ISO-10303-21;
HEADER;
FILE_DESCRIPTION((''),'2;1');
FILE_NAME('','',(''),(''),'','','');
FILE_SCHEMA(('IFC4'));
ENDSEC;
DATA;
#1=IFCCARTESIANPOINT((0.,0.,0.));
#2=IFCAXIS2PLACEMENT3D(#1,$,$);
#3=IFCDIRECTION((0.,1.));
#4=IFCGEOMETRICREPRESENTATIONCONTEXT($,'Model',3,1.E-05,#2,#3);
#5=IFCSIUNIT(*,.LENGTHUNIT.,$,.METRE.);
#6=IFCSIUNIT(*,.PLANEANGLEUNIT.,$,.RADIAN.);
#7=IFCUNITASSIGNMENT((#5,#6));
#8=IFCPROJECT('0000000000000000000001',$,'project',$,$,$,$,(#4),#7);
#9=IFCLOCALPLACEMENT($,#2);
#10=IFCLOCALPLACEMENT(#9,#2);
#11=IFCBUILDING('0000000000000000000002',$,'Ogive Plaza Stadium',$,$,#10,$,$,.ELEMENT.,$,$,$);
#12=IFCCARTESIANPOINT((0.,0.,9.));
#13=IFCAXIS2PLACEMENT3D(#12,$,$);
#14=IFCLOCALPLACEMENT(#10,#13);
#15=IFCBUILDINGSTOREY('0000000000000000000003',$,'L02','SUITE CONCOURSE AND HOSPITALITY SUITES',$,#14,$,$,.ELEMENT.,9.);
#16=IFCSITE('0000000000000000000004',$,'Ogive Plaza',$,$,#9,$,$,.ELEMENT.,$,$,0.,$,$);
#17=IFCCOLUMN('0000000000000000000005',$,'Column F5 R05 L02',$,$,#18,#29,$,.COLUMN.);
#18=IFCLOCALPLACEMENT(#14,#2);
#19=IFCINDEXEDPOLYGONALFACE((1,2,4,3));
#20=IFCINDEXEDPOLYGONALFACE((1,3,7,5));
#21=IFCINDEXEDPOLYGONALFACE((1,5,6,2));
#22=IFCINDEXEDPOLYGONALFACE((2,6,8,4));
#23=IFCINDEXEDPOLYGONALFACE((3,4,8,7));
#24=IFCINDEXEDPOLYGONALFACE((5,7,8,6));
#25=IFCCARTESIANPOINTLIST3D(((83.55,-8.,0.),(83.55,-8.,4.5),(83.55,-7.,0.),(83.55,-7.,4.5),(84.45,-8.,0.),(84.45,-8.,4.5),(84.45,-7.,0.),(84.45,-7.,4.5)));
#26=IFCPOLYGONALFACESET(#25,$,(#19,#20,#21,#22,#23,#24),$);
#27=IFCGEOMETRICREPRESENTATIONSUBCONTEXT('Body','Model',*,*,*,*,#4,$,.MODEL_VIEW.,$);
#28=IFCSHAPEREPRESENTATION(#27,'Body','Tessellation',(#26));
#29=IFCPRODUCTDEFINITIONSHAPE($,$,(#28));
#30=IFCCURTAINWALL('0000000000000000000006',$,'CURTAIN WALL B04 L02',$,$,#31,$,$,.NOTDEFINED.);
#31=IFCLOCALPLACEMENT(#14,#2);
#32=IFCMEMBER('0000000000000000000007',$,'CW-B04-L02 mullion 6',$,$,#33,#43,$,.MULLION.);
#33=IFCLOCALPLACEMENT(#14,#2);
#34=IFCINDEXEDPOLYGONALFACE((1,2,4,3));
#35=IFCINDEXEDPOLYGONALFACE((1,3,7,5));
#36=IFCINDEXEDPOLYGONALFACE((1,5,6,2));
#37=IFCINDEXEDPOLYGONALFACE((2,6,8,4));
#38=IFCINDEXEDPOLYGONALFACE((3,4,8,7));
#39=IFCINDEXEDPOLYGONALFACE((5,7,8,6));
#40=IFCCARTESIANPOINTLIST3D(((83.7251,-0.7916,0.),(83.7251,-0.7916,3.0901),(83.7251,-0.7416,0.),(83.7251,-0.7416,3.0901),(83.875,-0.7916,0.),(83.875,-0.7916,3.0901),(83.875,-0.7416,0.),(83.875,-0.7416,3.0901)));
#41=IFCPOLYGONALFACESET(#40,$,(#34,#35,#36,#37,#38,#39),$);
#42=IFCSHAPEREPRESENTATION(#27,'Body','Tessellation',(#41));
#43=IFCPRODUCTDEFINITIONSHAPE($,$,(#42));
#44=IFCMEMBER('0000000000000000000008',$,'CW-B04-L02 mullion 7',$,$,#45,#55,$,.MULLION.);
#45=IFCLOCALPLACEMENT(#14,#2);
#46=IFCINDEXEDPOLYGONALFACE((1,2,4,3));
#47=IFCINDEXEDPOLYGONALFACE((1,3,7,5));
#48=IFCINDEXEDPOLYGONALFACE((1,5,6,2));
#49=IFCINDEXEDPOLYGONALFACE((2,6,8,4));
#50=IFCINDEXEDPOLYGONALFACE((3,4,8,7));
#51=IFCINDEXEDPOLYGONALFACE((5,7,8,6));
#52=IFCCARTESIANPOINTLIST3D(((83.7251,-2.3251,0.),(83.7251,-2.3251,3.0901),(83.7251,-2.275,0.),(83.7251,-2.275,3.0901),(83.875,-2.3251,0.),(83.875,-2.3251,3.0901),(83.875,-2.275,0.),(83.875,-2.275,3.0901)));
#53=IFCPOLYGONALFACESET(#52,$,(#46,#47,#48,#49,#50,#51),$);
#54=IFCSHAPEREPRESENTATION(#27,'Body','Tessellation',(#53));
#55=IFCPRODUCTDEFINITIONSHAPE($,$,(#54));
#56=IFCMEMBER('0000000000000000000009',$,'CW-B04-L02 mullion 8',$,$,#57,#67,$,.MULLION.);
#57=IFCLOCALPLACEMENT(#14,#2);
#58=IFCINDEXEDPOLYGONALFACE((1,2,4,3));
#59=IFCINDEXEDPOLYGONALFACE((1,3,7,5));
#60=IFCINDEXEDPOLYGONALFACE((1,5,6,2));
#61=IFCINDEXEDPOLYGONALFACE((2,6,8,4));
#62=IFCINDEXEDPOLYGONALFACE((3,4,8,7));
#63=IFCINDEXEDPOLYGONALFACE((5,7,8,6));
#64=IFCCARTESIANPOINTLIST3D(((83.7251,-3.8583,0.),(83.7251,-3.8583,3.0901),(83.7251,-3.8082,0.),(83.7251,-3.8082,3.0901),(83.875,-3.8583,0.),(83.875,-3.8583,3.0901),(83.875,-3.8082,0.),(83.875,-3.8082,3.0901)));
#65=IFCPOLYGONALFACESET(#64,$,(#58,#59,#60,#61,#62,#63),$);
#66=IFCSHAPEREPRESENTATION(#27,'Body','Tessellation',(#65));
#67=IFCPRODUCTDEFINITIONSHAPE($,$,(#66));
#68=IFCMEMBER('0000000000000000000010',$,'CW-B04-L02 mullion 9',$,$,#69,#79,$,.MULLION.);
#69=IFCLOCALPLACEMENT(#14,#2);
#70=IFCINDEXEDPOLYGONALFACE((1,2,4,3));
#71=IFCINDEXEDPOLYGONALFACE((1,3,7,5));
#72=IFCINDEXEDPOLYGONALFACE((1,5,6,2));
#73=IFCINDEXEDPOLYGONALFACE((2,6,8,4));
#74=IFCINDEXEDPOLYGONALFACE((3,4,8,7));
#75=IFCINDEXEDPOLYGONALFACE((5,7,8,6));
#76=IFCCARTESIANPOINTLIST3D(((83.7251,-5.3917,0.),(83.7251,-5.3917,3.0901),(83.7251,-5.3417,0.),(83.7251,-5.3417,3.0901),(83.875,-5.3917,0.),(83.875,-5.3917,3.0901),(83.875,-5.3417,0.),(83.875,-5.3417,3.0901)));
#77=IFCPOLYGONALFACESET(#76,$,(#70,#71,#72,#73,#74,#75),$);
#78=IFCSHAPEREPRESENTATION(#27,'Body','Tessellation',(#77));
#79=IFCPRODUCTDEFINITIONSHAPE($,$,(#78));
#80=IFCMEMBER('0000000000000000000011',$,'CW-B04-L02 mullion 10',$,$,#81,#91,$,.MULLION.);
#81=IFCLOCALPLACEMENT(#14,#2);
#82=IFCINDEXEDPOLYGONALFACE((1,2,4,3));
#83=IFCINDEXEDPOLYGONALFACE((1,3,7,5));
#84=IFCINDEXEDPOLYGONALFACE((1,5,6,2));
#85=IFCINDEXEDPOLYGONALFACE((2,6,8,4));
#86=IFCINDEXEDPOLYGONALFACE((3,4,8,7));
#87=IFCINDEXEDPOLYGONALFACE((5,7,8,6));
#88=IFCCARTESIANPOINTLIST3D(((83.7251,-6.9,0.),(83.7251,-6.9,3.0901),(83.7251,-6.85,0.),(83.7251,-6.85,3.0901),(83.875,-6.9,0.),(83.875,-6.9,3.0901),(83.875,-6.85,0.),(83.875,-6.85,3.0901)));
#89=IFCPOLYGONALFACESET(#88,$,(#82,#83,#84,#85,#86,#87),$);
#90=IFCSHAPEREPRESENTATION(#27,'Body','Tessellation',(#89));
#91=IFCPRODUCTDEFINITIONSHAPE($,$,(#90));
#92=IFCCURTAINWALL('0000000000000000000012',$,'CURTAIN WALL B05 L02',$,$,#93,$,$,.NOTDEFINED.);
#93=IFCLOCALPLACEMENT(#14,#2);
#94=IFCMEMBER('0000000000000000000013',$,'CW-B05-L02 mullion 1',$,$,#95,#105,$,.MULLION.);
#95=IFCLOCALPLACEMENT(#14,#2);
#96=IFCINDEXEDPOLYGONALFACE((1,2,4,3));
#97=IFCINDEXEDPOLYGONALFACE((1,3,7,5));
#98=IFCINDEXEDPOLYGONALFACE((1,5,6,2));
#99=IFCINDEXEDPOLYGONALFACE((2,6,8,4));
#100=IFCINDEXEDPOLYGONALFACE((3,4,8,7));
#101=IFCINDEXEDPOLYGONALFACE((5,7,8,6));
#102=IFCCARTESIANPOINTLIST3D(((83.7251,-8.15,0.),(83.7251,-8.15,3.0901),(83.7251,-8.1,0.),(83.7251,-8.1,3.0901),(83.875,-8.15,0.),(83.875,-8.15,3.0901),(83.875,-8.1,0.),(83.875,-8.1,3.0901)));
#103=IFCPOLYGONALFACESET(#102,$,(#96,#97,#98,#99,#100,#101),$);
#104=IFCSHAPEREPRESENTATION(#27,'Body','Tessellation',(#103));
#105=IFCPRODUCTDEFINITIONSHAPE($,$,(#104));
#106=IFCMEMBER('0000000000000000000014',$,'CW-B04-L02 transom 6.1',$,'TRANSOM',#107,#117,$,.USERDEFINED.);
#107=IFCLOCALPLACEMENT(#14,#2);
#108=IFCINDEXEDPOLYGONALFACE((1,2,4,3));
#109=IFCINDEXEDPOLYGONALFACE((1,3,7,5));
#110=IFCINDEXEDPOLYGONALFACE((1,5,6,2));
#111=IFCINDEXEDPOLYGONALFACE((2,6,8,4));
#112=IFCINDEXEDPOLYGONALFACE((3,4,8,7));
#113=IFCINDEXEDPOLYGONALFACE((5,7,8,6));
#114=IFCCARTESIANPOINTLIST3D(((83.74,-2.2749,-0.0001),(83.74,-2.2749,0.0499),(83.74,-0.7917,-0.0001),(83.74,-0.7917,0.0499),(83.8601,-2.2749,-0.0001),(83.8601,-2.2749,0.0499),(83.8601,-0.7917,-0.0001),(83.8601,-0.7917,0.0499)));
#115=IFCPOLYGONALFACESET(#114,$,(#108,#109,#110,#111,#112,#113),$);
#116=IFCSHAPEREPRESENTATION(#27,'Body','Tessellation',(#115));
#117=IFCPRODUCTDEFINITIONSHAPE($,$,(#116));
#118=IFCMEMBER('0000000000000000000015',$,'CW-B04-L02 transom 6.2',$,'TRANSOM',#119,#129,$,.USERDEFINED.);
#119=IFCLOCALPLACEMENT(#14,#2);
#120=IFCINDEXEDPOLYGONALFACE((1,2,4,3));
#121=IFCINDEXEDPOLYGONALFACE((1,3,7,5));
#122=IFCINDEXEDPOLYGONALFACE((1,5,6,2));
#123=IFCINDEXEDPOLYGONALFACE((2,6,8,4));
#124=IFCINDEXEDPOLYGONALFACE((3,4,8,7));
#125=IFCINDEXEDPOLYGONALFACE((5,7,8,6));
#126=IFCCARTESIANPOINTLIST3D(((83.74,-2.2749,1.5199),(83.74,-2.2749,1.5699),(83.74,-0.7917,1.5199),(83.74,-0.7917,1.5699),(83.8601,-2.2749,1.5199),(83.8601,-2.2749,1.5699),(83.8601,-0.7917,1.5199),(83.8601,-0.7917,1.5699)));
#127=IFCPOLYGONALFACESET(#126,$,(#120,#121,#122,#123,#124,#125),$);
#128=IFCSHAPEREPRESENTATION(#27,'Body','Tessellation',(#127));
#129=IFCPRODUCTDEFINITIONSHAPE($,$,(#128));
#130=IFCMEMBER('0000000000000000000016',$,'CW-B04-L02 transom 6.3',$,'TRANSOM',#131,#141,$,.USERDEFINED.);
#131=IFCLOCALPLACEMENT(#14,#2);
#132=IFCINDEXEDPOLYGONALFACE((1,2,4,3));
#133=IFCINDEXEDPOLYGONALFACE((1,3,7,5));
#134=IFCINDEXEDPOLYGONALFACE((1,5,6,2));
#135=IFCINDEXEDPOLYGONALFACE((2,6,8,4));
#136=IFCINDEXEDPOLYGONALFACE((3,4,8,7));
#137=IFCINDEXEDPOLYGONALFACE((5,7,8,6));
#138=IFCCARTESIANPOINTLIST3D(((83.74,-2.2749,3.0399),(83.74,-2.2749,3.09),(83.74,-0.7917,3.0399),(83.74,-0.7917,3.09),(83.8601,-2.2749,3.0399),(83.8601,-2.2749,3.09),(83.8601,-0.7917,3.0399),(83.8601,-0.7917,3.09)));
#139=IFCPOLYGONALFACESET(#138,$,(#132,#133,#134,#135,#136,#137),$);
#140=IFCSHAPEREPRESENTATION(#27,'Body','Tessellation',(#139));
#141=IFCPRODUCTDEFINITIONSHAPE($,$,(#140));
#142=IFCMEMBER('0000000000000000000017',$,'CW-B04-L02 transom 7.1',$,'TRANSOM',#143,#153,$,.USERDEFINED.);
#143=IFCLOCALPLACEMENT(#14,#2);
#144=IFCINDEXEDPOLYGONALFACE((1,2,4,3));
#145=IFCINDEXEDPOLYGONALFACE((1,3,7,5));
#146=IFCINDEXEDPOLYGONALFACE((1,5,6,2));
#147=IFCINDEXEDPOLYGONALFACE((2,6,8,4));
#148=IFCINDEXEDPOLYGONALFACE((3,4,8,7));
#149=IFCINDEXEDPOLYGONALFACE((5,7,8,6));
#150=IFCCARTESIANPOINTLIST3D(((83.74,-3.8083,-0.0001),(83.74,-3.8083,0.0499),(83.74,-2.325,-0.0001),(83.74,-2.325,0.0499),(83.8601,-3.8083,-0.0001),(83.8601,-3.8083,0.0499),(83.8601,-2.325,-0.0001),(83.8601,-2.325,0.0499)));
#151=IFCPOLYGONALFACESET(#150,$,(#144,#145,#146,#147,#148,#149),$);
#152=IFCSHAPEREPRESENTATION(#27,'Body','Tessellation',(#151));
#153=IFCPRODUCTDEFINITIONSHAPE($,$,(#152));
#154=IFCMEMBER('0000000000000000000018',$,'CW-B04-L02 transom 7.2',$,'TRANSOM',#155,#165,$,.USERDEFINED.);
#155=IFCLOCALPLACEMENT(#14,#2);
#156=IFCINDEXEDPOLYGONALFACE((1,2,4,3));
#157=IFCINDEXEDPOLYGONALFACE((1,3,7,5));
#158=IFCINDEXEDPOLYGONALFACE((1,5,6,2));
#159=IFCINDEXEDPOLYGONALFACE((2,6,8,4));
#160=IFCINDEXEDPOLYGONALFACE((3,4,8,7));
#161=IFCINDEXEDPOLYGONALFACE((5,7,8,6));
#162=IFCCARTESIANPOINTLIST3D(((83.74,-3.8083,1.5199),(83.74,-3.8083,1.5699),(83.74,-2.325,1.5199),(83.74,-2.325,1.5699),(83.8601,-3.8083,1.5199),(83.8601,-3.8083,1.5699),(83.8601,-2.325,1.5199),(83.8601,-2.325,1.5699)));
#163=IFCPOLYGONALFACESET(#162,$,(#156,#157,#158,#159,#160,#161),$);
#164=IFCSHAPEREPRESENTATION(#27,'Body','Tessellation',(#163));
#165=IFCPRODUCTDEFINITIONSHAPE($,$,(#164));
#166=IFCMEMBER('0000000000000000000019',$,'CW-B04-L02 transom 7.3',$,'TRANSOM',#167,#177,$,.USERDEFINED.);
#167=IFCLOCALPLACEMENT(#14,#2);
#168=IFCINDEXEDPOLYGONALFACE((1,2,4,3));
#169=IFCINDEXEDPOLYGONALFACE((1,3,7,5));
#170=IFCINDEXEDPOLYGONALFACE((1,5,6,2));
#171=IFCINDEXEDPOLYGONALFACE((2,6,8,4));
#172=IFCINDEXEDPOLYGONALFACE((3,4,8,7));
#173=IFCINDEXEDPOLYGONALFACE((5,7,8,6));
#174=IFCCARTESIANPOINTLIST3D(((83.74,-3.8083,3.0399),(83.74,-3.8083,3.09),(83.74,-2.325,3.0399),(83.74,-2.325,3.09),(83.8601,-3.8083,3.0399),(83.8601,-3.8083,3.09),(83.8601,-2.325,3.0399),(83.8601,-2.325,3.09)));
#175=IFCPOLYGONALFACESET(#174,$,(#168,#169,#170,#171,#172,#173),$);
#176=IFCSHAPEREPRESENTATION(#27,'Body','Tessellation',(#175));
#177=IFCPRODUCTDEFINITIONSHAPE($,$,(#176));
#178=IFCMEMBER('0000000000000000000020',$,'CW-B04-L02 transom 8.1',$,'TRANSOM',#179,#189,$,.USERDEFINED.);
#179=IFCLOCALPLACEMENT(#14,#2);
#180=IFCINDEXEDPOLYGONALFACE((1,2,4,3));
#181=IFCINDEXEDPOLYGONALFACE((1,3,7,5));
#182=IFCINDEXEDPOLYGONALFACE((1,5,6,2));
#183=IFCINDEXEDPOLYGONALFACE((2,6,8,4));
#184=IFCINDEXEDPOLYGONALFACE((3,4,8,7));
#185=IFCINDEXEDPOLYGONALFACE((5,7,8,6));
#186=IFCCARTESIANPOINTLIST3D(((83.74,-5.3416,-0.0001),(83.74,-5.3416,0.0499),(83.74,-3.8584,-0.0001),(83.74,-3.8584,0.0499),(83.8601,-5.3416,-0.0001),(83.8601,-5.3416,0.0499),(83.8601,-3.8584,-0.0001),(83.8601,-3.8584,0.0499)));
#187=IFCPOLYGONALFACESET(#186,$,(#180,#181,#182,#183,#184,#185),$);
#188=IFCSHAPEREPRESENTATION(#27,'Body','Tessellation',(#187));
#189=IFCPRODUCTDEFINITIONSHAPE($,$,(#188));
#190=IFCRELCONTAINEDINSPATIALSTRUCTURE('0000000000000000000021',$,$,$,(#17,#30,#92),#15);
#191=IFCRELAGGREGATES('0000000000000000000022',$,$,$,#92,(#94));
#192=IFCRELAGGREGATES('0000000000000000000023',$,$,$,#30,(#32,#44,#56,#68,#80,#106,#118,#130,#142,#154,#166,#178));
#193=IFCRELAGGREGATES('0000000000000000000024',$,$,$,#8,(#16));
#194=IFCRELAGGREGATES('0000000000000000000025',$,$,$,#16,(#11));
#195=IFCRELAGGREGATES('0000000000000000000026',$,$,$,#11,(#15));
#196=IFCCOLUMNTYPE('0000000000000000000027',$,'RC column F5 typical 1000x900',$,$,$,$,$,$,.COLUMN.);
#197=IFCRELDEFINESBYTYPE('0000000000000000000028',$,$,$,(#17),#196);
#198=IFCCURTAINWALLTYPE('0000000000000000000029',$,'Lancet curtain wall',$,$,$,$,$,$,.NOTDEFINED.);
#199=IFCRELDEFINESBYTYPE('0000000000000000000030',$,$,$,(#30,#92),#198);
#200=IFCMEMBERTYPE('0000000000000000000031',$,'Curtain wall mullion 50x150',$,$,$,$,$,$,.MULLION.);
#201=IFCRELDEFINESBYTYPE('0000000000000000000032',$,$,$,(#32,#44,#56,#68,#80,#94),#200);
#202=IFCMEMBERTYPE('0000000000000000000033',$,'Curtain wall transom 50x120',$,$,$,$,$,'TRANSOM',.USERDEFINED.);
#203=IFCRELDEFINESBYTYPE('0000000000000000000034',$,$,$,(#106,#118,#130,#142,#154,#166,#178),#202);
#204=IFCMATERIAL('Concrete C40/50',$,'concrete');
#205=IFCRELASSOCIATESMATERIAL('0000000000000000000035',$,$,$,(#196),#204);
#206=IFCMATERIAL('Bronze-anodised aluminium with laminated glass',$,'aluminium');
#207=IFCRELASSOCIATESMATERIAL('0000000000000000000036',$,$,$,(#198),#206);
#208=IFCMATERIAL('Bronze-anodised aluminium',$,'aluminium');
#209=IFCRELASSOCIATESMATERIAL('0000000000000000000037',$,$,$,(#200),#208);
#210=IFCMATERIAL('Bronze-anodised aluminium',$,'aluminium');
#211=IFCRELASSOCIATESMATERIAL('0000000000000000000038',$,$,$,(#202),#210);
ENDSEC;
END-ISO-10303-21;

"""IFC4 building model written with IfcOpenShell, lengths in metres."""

from ifc_helpers import new_model, si_unit, direction, frame, origin, origin_2d, place, context, subcontext, project, spatial, rectangle, extrude, material, material_profile, profile_set, type_object, element, aggregate, save


model = new_model("IFC4")

# Units and contexts
model_context = context("Model", 3, precision=1e-05, world=origin(), true_north=direction((0.0, 1.0)))
body_context = subcontext(model_context, "Body", "Model", "MODEL_VIEW")
ifc_project = project(units=[si_unit("LENGTHUNIT", "METRE"), si_unit("PLANEANGLEUNIT", "RADIAN")], contexts=[model_context])

# Site, building, storey
site_placement = place(None, origin())
site = spatial("IfcSite", under=ifc_project, at=site_placement, Name="Ogive Plaza", CompositionType="ELEMENT", RefElevation=0.0)
building_placement = place(site_placement, origin())
building = spatial("IfcBuilding", under=site, at=building_placement, Name="Ogive Plaza Stadium", CompositionType="ELEMENT")
storey_placement = place(building_placement, frame((0.0, 0.0, 9.0)))
storey = spatial("IfcBuildingStorey", under=building, at=storey_placement, Name="L02", Description="SUITE CONCOURSE AND HOSPITALITY SUITES", CompositionType="ELEMENT", Elevation=9.0)

# Column
ifc_material_1 = material(Name="Concrete C40/50", Category="concrete")
ifc_material_profile_1 = material_profile(ifc_material_1, rectangle(XDim=1.0, YDim=0.8999, at=origin_2d()), Name="RC 1000x900")
ifc_profile_set_1 = profile_set([ifc_material_profile_1], Name="Concrete C40/50")
column_type = type_object("IfcColumnType", Name="RC column F5 typical 1000x900", PredefinedType="COLUMN", material=ifc_profile_set_1)
column_placement = place(storey_placement, frame((84.0, -7.5, 0.0), z_axis=(0.0, 0.0, 1.0), x_axis=(0.0, 1.0, 0.0)))
element("IfcColumn", 1, at=column_placement, inside=storey, type_object=column_type, Name="Column F5 R05 L02", PredefinedType="COLUMN", context=body_context, shape_type="SweptSolid", body=[
    extrude(rectangle(XDim=1.0, YDim=0.8999, at=origin_2d()), origin(), (0.0, 0.0, 1.0), 4.5),
])

# Curtain wall, members
ifc_material_2 = material(Name="Bronze-anodised aluminium with laminated glass", Category="aluminium")
curtain_wall_type = type_object("IfcCurtainWallType", Name="Lancet curtain wall", PredefinedType="NOTDEFINED", material=ifc_material_2)
curtain_wall_1_placement = place(storey_placement, origin())
curtain_wall_1 = element("IfcCurtainWall", 2, at=curtain_wall_1_placement, inside=storey, type_object=curtain_wall_type, Name="CURTAIN WALL B04 L02", PredefinedType="NOTDEFINED")
ifc_material_3 = material(Name="Bronze-anodised aluminium", Category="aluminium")
ifc_material_profile_2 = material_profile(ifc_material_3, rectangle(XDim=0.1499, YDim=0.05, at=origin_2d()), Name="AL 150x50")
ifc_profile_set_2 = profile_set([ifc_material_profile_2], Name="Bronze-anodised aluminium")
member_type_1 = type_object("IfcMemberType", Name="Curtain wall mullion 50x150", PredefinedType="MULLION", material=ifc_profile_set_2)
member_1_placement = place(storey_placement, frame((83.8, -0.7666, 0.0), z_axis=(0.0, 0.0, 1.0), x_axis=(1.0, 0.0, 0.0)))
member_1 = element("IfcMember", 3, at=member_1_placement, type_object=member_type_1, Name="CW-B04-L02 mullion 6", PredefinedType="MULLION", context=body_context, shape_type="SweptSolid", body=[
    extrude(rectangle(XDim=0.1499, YDim=0.05, at=origin_2d()), origin(), (0.0, 0.0, 1.0), 3.0901),
])
member_2_placement = place(storey_placement, frame((83.8, -2.3, 0.0), z_axis=(0.0, 0.0, 1.0), x_axis=(1.0, 0.0, 0.0)))
member_2 = element("IfcMember", 4, at=member_2_placement, type_object=member_type_1, Name="CW-B04-L02 mullion 7", PredefinedType="MULLION", context=body_context, shape_type="SweptSolid", body=[
    extrude(rectangle(XDim=0.1499, YDim=0.05, at=origin_2d()), origin(), (0.0, 0.0, 1.0), 3.0901),
])
member_3_placement = place(storey_placement, frame((83.8, -3.8333, 0.0), z_axis=(0.0, 0.0, 1.0), x_axis=(1.0, 0.0, 0.0)))
member_3 = element("IfcMember", 5, at=member_3_placement, type_object=member_type_1, Name="CW-B04-L02 mullion 8", PredefinedType="MULLION", context=body_context, shape_type="SweptSolid", body=[
    extrude(rectangle(XDim=0.1499, YDim=0.05, at=origin_2d()), origin(), (0.0, 0.0, 1.0), 3.0901),
])
member_4_placement = place(storey_placement, frame((83.8, -5.3667, 0.0), z_axis=(0.0, 0.0, 1.0), x_axis=(1.0, 0.0, 0.0)))
member_4 = element("IfcMember", 6, at=member_4_placement, type_object=member_type_1, Name="CW-B04-L02 mullion 9", PredefinedType="MULLION", context=body_context, shape_type="SweptSolid", body=[
    extrude(rectangle(XDim=0.1499, YDim=0.05, at=origin_2d()), origin(), (0.0, 0.0, 1.0), 3.0901),
])
member_5_placement = place(storey_placement, frame((83.8, -6.875, 0.0), z_axis=(0.0, 0.0, 1.0), x_axis=(1.0, 0.0, 0.0)))
member_5 = element("IfcMember", 7, at=member_5_placement, type_object=member_type_1, Name="CW-B04-L02 mullion 10", PredefinedType="MULLION", context=body_context, shape_type="SweptSolid", body=[
    extrude(rectangle(XDim=0.1499, YDim=0.05, at=origin_2d()), origin(), (0.0, 0.0, 1.0), 3.0901),
])

# Curtain wall, member
curtain_wall_2_placement = place(storey_placement, origin())
curtain_wall_2 = element("IfcCurtainWall", 8, at=curtain_wall_2_placement, inside=storey, type_object=curtain_wall_type, Name="CURTAIN WALL B05 L02", PredefinedType="NOTDEFINED")
member_6_placement = place(storey_placement, frame((83.8, -8.125, 0.0), z_axis=(0.0, 0.0, 1.0), x_axis=(1.0, 0.0, 0.0)))
member_6 = element("IfcMember", 9, at=member_6_placement, type_object=member_type_1, Name="CW-B05-L02 mullion 1", PredefinedType="MULLION", context=body_context, shape_type="SweptSolid", body=[
    extrude(rectangle(XDim=0.1499, YDim=0.05, at=origin_2d()), origin(), (0.0, 0.0, 1.0), 3.0901),
])

# Members
ifc_material_4 = material(Name="Bronze-anodised aluminium", Category="aluminium")
ifc_material_profile_3 = material_profile(ifc_material_4, rectangle(XDim=0.1201, YDim=0.05, at=origin_2d()), Name="AL 120x50")
ifc_profile_set_3 = profile_set([ifc_material_profile_3], Name="Bronze-anodised aluminium")
member_type_2 = type_object("IfcMemberType", Name="Curtain wall transom 50x120", ElementType="TRANSOM", PredefinedType="USERDEFINED", material=ifc_profile_set_3)
member_7_placement = place(storey_placement, frame((83.8, -0.7917, 0.0249), z_axis=(0.0, -1.0, 0.0), x_axis=(1.0, 0.0, 0.0)))
member_7 = element("IfcMember", 10, at=member_7_placement, type_object=member_type_2, Name="CW-B04-L02 transom 6.1", ObjectType="TRANSOM", PredefinedType="USERDEFINED", context=body_context, shape_type="SweptSolid", body=[
    extrude(rectangle(XDim=0.1201, YDim=0.05, at=origin_2d()), origin(), (0.0, 0.0, 1.0), 1.4832),
])
member_8_placement = place(storey_placement, frame((83.8, -0.7917, 1.5449), z_axis=(0.0, -1.0, 0.0), x_axis=(1.0, 0.0, 0.0)))
member_8 = element("IfcMember", 11, at=member_8_placement, type_object=member_type_2, Name="CW-B04-L02 transom 6.2", ObjectType="TRANSOM", PredefinedType="USERDEFINED", context=body_context, shape_type="SweptSolid", body=[
    extrude(rectangle(XDim=0.1201, YDim=0.05, at=origin_2d()), origin(), (0.0, 0.0, 1.0), 1.4832),
])
member_9_placement = place(storey_placement, frame((83.8, -0.7917, 3.0649), z_axis=(0.0, -1.0, 0.0), x_axis=(1.0, 0.0, 0.0)))
member_9 = element("IfcMember", 12, at=member_9_placement, type_object=member_type_2, Name="CW-B04-L02 transom 6.3", ObjectType="TRANSOM", PredefinedType="USERDEFINED", context=body_context, shape_type="SweptSolid", body=[
    extrude(rectangle(XDim=0.1201, YDim=0.05, at=origin_2d()), origin(), (0.0, 0.0, 1.0), 1.4832),
])
member_10_placement = place(storey_placement, frame((83.8, -2.325, 0.0249), z_axis=(0.0, -1.0, 0.0), x_axis=(1.0, 0.0, 0.0)))
member_10 = element("IfcMember", 13, at=member_10_placement, type_object=member_type_2, Name="CW-B04-L02 transom 7.1", ObjectType="TRANSOM", PredefinedType="USERDEFINED", context=body_context, shape_type="SweptSolid", body=[
    extrude(rectangle(XDim=0.1201, YDim=0.05, at=origin_2d()), origin(), (0.0, 0.0, 1.0), 1.4834),
])
member_11_placement = place(storey_placement, frame((83.8, -2.325, 1.5449), z_axis=(0.0, -1.0, 0.0), x_axis=(1.0, 0.0, 0.0)))
member_11 = element("IfcMember", 14, at=member_11_placement, type_object=member_type_2, Name="CW-B04-L02 transom 7.2", ObjectType="TRANSOM", PredefinedType="USERDEFINED", context=body_context, shape_type="SweptSolid", body=[
    extrude(rectangle(XDim=0.1201, YDim=0.05, at=origin_2d()), origin(), (0.0, 0.0, 1.0), 1.4834),
])
member_12_placement = place(storey_placement, frame((83.8, -2.325, 3.0649), z_axis=(0.0, -1.0, 0.0), x_axis=(1.0, 0.0, 0.0)))
member_12 = element("IfcMember", 15, at=member_12_placement, type_object=member_type_2, Name="CW-B04-L02 transom 7.3", ObjectType="TRANSOM", PredefinedType="USERDEFINED", context=body_context, shape_type="SweptSolid", body=[
    extrude(rectangle(XDim=0.1201, YDim=0.05, at=origin_2d()), origin(), (0.0, 0.0, 1.0), 1.4834),
])
member_13_placement = place(storey_placement, frame((83.8, -3.8584, 0.0249), z_axis=(0.0, -1.0, 0.0), x_axis=(1.0, 0.0, 0.0)))
member_13 = element("IfcMember", 16, at=member_13_placement, type_object=member_type_2, Name="CW-B04-L02 transom 8.1", ObjectType="TRANSOM", PredefinedType="USERDEFINED", context=body_context, shape_type="SweptSolid", body=[
    extrude(rectangle(XDim=0.1201, YDim=0.05, at=origin_2d()), origin(), (0.0, 0.0, 1.0), 1.4832),
])
aggregate(curtain_wall_2, [member_6])

aggregate(curtain_wall_1, [member_1, member_2, member_3, member_4, member_5, member_7, member_8, member_9, member_10, member_11, member_12, member_13])

save(model, "model.ifc")
